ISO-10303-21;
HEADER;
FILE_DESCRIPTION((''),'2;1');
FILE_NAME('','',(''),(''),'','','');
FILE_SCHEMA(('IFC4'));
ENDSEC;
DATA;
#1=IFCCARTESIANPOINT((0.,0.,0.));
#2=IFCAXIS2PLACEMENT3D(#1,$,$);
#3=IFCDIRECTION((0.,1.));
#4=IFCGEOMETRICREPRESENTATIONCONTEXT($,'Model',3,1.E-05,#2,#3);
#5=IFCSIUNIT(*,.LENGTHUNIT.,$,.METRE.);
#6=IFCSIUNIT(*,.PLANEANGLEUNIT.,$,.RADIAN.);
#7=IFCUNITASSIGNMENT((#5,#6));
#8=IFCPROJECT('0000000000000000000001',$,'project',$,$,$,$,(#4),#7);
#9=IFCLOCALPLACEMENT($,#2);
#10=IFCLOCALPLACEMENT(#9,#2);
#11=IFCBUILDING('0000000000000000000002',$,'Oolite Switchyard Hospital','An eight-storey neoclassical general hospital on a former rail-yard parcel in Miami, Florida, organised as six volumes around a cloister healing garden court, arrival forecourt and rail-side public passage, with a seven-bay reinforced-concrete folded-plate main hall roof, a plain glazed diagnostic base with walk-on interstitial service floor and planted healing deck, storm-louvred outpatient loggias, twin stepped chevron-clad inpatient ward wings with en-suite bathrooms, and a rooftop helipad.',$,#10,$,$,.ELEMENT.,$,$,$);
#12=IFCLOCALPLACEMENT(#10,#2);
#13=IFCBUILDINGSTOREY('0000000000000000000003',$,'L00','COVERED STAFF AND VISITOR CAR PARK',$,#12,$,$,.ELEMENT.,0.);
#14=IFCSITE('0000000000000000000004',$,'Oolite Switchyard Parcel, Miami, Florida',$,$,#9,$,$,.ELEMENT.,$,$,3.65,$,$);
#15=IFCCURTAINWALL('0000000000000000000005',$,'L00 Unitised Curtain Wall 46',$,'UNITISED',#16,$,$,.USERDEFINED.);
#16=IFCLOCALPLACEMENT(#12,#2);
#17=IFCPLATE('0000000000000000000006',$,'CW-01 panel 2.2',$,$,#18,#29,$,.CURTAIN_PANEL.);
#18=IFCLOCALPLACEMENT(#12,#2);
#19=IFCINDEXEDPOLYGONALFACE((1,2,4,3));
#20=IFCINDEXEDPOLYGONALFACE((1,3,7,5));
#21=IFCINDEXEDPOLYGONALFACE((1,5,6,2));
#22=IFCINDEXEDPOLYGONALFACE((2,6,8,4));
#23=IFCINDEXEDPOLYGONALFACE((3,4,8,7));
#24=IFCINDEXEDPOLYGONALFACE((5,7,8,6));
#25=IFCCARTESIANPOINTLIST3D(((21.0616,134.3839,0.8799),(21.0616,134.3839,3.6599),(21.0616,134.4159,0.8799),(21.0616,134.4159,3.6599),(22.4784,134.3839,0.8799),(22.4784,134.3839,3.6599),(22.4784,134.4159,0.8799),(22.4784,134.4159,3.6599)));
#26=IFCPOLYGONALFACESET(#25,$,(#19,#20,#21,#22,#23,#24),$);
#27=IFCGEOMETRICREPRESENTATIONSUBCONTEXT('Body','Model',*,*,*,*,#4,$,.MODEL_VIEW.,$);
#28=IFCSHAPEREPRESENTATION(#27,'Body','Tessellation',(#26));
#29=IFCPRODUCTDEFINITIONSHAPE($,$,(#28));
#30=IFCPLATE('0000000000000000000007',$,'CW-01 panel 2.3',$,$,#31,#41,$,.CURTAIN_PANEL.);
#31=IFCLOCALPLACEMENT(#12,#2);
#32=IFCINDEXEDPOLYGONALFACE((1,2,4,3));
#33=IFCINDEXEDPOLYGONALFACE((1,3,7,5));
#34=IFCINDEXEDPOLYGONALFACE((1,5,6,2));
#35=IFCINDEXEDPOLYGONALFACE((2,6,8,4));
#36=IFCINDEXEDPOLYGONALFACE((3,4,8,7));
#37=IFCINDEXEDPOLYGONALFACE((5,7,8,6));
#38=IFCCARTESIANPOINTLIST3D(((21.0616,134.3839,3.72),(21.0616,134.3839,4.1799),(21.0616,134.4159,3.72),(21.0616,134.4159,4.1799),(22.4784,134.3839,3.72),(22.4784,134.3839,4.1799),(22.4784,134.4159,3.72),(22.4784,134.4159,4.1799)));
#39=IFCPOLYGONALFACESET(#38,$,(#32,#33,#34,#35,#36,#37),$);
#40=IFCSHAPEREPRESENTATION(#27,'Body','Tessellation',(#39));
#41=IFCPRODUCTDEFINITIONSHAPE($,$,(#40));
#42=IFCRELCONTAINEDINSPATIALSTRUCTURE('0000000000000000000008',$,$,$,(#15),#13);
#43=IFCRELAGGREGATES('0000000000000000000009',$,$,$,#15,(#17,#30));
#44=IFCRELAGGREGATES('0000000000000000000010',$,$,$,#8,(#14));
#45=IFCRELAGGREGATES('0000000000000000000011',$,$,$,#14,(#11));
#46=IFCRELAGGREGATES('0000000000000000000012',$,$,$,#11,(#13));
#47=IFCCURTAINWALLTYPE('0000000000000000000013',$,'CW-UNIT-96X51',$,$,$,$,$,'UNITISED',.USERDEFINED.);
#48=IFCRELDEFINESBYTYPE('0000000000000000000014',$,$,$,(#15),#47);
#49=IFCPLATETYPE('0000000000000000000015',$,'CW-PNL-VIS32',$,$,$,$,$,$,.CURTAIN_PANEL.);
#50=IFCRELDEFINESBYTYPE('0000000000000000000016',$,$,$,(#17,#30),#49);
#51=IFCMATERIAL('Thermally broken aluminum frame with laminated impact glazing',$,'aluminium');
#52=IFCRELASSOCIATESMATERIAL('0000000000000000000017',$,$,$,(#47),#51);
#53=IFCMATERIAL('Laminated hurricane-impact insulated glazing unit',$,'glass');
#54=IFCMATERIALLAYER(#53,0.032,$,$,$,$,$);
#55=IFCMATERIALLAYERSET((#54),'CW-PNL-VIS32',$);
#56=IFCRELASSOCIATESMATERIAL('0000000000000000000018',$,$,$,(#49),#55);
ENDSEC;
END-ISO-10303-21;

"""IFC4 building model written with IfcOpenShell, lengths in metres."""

from ifc_helpers import new_model, si_unit, direction, frame, origin, origin_2d, place, context, subcontext, project, spatial, rectangle, extrude, material, layer, layer_set, type_object, element, aggregate, save


model = new_model("IFC4")

# Units and contexts
model_context = context("Model", 3, precision=1e-05, world=origin(), true_north=direction((0.0, 1.0)))
body_context = subcontext(model_context, "Body", "Model", "MODEL_VIEW")
ifc_project = project(units=[si_unit("LENGTHUNIT", "METRE"), si_unit("PLANEANGLEUNIT", "RADIAN")], contexts=[model_context])

# Site, building, storey
site_placement = place(None, origin())
site = spatial("IfcSite", under=ifc_project, at=site_placement, Name="Oolite Switchyard Parcel, Miami, Florida", CompositionType="ELEMENT", RefElevation=3.65)
building_placement = place(site_placement, origin())
building = spatial("IfcBuilding", under=site, at=building_placement, Name="Oolite Switchyard Hospital", Description="An eight-storey neoclassical general hospital on a former rail-yard parcel in Miami, Florida, organised as six volumes around a cloister healing garden court, arrival forecourt and rail-side public passage, with a seven-bay reinforced-concrete folded-plate main hall roof, a plain glazed diagnostic base with walk-on interstitial service floor and planted healing deck, storm-louvred outpatient loggias, twin stepped chevron-clad inpatient ward wings with en-suite bathrooms, and a rooftop helipad.", CompositionType="ELEMENT")
storey_placement = place(building_placement, origin())
storey = spatial("IfcBuildingStorey", under=building, at=storey_placement, Name="L00", Description="COVERED STAFF AND VISITOR CAR PARK", CompositionType="ELEMENT", Elevation=0.0)

# Shared definitions
ifc_material_1 = material(Name="Thermally broken aluminum frame with laminated impact glazing", Category="aluminium")
curtain_wall_type = type_object("IfcCurtainWallType", Name="CW-UNIT-96X51", ElementType="UNITISED", PredefinedType="USERDEFINED", material=ifc_material_1)

# Curtain wall
curtain_wall_1_placement = place(storey_placement, origin())
curtain_wall_1 = element("IfcCurtainWall", 1, at=curtain_wall_1_placement, inside=storey, type_object=curtain_wall_type, Name="L00 Unitised Curtain Wall 46", ObjectType="UNITISED", PredefinedType="USERDEFINED")

# Plates
ifc_material_2 = material(Name="Laminated hurricane-impact insulated glazing unit", Category="glass")
ifc_layer_1 = layer(ifc_material_2, 0.032)
ifc_layer_set_1 = layer_set([ifc_layer_1], Name="CW-PNL-VIS32")
plate_type_1 = type_object("IfcPlateType", Name="CW-PNL-VIS32", PredefinedType="CURTAIN_PANEL", material=ifc_layer_set_1)
plate_1_placement = place(storey_placement, frame((21.77, 134.3999, 0.8799), z_axis=(0.0, 0.0, 1.0), x_axis=(1.0, 0.0, 0.0)))
plate_1 = element("IfcPlate", 2, at=plate_1_placement, type_object=plate_type_1, Name="CW-01 panel 2.2", PredefinedType="CURTAIN_PANEL", context=body_context, shape_type="SweptSolid", body=[
    extrude(rectangle(XDim=1.4167, YDim=0.032, at=origin_2d()), origin(), (0.0, 0.0, 1.0), 2.78),
])
plate_2_placement = place(storey_placement, frame((21.77, 134.3999, 3.72), z_axis=(0.0, 0.0, 1.0), x_axis=(1.0, 0.0, 0.0)))
plate_2 = element("IfcPlate", 3, at=plate_2_placement, type_object=plate_type_1, Name="CW-01 panel 2.3", PredefinedType="CURTAIN_PANEL", context=body_context, shape_type="SweptSolid", body=[
    extrude(rectangle(XDim=1.4167, YDim=0.032, at=origin_2d()), origin(), (0.0, 0.0, 1.0), 0.46),
])
aggregate(curtain_wall_1, [plate_1, plate_2])

save(model, "model.ifc")
